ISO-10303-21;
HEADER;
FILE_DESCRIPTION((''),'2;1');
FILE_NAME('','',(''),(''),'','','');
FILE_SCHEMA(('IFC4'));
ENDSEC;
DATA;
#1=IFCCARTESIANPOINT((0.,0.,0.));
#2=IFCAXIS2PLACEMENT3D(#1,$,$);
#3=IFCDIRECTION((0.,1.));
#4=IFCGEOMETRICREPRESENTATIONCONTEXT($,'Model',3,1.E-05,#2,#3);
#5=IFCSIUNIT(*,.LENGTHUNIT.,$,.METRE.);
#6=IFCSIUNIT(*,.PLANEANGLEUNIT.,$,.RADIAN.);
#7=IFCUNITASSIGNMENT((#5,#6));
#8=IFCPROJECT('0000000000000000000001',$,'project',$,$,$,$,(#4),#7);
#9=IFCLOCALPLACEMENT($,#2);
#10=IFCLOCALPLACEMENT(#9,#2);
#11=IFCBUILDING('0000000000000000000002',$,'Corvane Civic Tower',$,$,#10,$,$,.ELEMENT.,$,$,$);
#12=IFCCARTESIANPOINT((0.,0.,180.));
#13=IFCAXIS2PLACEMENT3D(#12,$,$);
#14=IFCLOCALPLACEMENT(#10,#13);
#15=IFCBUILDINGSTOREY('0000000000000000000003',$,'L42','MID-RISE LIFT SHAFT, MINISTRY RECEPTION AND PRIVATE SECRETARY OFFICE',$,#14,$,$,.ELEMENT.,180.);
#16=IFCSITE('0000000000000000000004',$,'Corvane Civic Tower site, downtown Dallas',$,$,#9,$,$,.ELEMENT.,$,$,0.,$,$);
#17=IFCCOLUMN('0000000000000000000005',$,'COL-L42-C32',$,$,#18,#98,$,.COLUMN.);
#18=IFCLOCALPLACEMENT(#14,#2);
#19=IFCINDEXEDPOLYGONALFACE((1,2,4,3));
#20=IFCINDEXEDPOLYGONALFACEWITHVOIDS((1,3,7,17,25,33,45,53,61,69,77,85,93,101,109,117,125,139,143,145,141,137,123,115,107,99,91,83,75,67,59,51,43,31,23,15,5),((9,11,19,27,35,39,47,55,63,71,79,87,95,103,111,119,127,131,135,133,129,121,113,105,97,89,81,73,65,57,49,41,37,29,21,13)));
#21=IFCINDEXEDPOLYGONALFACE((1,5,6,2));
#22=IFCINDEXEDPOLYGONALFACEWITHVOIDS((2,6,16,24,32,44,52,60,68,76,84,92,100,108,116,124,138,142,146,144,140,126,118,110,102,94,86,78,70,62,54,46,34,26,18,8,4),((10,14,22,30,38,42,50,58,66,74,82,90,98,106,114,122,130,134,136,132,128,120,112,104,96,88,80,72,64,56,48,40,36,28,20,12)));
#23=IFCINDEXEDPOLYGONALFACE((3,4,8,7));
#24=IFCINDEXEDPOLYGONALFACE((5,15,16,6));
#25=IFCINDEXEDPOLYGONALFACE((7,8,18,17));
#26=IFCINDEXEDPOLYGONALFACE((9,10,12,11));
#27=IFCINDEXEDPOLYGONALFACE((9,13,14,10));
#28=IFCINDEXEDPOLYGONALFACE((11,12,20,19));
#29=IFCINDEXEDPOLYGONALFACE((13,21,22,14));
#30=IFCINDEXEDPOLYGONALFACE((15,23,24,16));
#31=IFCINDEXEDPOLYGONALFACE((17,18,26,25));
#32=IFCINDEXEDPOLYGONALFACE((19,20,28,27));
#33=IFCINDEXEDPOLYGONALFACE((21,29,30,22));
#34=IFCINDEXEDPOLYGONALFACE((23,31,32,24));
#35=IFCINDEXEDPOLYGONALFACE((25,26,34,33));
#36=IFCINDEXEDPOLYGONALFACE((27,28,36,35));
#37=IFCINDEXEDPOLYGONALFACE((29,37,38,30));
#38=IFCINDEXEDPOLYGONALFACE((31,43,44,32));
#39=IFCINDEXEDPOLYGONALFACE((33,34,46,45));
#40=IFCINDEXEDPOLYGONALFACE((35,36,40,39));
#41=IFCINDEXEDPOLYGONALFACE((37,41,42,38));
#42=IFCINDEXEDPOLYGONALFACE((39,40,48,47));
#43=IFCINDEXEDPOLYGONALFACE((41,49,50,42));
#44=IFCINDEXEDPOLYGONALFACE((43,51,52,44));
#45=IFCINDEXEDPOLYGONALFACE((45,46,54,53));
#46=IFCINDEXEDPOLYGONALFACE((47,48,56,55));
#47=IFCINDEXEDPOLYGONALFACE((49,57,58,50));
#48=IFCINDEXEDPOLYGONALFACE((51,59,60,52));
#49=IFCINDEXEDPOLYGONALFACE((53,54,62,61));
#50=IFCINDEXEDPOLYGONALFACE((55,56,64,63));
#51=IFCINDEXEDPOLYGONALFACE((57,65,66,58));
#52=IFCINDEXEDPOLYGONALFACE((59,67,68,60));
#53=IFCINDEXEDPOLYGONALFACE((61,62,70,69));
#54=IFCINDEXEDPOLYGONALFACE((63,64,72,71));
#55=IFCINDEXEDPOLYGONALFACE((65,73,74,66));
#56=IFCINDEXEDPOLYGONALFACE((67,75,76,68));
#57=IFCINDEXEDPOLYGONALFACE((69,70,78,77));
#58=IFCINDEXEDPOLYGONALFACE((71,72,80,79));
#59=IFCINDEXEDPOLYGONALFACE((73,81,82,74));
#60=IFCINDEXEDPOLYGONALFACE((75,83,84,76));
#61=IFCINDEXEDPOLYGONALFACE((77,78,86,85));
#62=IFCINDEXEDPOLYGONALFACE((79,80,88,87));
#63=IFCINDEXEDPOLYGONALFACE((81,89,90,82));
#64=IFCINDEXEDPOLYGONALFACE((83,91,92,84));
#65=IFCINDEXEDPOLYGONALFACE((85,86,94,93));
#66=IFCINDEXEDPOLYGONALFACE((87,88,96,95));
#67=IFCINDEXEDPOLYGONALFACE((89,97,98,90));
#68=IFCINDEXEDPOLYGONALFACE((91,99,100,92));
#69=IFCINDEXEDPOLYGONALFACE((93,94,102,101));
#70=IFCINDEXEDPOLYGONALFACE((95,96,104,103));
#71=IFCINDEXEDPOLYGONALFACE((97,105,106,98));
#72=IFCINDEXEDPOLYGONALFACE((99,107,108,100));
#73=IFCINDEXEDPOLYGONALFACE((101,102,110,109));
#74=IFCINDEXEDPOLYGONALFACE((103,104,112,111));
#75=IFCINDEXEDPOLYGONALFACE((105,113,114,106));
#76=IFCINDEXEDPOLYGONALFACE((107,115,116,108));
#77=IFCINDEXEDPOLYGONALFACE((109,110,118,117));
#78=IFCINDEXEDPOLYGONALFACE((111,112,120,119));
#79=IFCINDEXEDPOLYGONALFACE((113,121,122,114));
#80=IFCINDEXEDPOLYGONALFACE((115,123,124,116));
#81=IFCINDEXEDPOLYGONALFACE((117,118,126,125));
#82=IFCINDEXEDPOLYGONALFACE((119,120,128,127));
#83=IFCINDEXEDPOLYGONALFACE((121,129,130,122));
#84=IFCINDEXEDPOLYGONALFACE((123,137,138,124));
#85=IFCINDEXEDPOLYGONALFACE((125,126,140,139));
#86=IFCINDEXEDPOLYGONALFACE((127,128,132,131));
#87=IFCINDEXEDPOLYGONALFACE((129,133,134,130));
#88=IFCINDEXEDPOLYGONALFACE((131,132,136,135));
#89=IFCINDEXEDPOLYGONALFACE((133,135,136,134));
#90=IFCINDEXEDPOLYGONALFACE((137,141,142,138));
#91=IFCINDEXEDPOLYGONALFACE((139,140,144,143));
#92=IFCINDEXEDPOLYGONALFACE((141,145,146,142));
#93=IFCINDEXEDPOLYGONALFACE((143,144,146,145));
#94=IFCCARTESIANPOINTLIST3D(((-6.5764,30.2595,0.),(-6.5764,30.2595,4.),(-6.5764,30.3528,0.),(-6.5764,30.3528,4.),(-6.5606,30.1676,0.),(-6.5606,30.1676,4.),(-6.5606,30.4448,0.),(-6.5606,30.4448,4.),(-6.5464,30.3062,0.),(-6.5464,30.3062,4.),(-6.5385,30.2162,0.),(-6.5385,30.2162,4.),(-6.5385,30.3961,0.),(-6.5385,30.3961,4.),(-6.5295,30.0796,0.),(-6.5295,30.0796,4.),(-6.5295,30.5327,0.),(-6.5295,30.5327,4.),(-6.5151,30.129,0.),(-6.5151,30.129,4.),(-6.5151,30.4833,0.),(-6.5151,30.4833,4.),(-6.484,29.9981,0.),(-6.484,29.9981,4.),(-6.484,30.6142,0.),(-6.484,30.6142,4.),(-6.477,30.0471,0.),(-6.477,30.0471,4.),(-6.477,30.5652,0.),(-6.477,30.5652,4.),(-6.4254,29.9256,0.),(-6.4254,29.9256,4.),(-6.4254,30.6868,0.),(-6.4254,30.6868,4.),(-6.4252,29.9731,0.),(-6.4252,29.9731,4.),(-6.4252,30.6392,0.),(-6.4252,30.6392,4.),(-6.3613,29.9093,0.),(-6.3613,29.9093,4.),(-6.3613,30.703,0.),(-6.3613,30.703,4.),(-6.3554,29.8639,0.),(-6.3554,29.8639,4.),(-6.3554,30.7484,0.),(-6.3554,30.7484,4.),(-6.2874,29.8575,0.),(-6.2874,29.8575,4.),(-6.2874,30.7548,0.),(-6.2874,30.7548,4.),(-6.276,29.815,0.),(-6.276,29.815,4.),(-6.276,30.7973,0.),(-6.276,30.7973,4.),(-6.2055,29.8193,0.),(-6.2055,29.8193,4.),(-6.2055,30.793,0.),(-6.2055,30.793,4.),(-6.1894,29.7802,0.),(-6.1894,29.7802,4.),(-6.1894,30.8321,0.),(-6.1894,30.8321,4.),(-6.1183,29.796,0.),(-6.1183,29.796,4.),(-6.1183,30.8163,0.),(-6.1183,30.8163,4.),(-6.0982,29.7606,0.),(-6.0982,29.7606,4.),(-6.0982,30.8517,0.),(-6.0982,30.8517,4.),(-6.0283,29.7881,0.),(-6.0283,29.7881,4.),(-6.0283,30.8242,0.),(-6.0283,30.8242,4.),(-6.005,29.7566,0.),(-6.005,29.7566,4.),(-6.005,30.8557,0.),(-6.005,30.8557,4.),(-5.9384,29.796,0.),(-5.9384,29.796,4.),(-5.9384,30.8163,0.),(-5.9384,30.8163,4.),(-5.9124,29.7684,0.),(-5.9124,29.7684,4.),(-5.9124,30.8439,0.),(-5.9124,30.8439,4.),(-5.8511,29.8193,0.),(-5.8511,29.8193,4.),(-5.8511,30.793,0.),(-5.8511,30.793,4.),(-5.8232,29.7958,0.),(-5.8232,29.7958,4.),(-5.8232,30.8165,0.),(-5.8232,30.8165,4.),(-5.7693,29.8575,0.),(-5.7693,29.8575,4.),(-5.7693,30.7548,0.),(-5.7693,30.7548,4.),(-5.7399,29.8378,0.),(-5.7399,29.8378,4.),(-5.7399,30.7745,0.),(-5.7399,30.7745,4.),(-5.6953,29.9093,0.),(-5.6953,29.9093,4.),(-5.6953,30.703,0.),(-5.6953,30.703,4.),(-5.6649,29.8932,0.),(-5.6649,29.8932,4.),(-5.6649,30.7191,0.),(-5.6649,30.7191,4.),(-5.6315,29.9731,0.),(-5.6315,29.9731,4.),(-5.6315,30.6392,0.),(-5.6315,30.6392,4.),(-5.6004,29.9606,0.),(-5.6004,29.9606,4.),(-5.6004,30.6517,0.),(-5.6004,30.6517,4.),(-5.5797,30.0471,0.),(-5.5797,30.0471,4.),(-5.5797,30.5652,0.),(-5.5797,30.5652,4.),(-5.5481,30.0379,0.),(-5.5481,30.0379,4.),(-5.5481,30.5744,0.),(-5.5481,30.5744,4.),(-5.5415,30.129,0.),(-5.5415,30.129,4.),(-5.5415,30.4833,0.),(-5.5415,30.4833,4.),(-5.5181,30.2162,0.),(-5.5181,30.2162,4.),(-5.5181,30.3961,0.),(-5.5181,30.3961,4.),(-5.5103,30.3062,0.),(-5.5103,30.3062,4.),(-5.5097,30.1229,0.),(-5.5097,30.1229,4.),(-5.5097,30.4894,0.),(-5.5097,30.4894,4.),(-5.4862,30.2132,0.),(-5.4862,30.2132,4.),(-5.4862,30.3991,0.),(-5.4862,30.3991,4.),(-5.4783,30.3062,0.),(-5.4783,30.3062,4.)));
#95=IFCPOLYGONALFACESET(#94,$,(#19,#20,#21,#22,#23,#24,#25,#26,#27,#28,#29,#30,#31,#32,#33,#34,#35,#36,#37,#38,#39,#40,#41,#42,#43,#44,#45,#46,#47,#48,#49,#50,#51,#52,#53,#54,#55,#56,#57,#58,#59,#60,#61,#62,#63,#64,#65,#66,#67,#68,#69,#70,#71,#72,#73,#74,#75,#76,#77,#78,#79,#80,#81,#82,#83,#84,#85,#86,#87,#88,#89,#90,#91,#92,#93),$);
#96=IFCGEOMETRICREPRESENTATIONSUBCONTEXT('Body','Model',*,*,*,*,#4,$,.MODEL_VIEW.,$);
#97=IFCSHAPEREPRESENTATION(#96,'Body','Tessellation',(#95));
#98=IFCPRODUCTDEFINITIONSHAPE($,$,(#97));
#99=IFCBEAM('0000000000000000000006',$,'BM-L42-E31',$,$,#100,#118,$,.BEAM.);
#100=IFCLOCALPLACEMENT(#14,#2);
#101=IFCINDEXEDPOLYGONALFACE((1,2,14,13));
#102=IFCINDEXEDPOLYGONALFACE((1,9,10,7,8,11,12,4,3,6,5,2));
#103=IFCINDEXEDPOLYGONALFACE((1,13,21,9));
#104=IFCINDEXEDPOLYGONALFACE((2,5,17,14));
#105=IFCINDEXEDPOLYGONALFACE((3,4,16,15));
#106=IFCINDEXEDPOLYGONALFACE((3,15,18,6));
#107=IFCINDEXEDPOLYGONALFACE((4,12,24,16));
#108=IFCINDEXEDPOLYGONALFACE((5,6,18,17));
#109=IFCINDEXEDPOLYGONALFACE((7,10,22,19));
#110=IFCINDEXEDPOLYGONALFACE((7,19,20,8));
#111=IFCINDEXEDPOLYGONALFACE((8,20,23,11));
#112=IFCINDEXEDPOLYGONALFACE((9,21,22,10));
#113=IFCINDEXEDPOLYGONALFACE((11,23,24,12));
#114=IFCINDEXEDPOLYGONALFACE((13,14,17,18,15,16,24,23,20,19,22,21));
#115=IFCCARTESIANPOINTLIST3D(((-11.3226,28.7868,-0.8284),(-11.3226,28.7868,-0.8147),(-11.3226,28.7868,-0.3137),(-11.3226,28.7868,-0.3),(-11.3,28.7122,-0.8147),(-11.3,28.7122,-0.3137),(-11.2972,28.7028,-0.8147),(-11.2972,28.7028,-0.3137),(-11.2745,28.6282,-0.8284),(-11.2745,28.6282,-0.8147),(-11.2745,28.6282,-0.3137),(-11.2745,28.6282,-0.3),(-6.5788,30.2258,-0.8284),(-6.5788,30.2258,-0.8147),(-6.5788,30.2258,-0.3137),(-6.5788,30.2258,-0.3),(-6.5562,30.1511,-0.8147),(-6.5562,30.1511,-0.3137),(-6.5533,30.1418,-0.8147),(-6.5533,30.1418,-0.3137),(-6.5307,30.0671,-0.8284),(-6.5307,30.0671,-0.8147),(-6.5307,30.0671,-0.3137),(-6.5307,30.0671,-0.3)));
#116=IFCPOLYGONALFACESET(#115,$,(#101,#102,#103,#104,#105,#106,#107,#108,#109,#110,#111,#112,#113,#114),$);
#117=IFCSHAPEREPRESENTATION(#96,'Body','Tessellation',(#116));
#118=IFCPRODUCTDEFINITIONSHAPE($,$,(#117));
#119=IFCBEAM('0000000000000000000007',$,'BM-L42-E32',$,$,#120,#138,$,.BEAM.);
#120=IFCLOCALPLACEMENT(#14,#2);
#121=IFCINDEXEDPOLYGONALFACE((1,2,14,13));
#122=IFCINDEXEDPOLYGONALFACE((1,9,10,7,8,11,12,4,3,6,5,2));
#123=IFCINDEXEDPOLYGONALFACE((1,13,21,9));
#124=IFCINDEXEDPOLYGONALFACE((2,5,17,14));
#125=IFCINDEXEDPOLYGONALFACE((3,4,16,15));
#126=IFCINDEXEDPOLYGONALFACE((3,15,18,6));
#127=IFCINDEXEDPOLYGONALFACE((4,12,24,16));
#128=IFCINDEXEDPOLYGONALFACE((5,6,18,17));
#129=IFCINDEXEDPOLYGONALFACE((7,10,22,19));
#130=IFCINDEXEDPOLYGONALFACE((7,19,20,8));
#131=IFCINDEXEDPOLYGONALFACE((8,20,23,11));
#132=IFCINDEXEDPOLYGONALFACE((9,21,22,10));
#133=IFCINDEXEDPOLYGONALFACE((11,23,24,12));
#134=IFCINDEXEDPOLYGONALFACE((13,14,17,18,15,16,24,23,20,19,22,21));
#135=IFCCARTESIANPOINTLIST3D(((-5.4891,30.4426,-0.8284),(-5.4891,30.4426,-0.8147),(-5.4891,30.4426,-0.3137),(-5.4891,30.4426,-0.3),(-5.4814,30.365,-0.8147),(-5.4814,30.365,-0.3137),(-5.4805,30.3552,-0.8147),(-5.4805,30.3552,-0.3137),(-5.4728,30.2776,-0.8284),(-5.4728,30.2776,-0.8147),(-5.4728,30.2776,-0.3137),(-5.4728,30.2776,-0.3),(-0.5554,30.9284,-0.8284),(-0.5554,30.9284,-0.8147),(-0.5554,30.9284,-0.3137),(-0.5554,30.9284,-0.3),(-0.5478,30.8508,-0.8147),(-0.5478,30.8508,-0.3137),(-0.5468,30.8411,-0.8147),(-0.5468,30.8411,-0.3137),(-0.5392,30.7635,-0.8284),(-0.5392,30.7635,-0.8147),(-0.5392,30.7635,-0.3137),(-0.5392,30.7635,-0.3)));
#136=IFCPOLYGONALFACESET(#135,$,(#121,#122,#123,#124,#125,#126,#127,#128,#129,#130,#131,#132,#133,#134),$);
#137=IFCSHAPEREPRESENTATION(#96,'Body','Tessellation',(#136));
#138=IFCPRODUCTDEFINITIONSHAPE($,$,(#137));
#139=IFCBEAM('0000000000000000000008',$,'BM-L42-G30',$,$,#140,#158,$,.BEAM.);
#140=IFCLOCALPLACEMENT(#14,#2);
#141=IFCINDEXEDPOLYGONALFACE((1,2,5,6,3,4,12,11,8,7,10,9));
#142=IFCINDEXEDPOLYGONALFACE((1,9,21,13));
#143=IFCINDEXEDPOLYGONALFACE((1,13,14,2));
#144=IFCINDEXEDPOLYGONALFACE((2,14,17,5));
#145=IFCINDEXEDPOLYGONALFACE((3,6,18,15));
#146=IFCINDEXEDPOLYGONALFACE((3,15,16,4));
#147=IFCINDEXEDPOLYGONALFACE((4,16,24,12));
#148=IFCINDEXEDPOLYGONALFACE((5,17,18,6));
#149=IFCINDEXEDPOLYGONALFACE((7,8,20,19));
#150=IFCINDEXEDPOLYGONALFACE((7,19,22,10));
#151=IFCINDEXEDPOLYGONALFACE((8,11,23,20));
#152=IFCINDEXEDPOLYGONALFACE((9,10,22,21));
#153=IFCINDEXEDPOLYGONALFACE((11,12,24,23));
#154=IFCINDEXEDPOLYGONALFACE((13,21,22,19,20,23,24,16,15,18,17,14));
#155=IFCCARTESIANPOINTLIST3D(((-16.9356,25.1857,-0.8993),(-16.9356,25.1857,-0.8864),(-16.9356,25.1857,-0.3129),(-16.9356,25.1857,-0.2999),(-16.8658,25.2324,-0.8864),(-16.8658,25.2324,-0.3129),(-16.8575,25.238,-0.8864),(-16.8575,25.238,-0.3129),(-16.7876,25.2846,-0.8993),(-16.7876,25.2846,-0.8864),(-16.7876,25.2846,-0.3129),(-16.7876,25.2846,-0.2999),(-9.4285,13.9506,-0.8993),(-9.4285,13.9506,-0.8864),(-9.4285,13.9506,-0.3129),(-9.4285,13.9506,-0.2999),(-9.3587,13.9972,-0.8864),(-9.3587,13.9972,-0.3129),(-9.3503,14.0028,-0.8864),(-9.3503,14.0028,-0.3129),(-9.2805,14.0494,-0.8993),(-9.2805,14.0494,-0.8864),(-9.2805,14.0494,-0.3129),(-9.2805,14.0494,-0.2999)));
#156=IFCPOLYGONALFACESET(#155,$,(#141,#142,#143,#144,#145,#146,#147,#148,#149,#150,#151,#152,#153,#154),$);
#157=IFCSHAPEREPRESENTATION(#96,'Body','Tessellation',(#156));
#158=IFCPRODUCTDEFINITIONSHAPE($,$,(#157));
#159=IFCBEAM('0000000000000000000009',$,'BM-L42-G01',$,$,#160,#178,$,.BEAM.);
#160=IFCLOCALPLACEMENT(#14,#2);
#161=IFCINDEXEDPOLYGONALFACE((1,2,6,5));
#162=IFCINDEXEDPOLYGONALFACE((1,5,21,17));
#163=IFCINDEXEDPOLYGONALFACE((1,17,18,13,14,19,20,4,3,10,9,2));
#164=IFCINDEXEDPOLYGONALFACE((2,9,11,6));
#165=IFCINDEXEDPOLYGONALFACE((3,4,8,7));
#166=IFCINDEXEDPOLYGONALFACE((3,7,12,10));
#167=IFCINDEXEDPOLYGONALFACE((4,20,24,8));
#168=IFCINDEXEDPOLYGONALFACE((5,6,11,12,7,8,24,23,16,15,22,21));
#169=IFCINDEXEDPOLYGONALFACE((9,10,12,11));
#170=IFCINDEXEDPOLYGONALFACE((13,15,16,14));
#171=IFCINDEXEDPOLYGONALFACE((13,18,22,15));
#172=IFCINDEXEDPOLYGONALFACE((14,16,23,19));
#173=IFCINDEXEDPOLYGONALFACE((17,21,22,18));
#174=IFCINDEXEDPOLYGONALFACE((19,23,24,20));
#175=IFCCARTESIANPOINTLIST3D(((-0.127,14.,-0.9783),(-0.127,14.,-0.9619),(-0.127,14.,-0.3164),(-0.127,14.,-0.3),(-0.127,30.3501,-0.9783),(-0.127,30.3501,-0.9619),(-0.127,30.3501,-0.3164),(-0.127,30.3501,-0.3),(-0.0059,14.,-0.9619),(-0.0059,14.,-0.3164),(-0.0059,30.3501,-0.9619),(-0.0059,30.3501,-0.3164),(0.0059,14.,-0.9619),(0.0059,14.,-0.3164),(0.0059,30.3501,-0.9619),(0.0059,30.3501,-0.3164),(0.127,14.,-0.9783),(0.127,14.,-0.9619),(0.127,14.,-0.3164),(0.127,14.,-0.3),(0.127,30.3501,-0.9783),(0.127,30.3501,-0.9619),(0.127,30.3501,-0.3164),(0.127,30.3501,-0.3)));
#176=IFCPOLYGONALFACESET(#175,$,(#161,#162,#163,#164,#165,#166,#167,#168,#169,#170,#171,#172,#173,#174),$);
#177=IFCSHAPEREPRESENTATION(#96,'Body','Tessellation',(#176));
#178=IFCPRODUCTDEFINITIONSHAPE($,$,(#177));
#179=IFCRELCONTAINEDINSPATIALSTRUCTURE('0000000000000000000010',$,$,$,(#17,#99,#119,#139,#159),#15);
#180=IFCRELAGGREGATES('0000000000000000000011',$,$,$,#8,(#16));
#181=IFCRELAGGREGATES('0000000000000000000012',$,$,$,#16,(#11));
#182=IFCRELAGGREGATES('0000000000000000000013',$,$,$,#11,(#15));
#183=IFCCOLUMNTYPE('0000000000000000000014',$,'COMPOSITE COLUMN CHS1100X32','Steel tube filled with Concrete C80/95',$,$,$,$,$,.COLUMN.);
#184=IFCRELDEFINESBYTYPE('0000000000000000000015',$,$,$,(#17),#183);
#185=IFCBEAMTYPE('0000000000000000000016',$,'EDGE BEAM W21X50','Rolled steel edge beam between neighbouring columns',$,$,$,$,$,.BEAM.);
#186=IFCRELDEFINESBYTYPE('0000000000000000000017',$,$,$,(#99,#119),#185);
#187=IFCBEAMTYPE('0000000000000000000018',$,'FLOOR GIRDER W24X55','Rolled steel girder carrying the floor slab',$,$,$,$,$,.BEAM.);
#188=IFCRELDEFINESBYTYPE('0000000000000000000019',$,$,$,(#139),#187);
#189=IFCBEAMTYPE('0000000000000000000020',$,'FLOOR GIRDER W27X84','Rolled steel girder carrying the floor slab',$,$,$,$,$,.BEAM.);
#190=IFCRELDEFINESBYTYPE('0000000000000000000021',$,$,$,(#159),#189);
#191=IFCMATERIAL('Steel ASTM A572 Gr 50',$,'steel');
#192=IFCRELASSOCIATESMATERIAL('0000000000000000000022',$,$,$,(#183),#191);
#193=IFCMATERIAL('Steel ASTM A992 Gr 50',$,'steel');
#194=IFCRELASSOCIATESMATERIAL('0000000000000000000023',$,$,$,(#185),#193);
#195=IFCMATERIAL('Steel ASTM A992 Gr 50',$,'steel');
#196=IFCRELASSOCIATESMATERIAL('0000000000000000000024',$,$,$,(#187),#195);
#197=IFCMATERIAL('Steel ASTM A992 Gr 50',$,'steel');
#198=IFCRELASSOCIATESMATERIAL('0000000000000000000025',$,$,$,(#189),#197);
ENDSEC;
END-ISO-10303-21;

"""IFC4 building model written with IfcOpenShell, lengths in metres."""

from ifc_helpers import new_model, si_unit, direction, frame, origin, origin_2d, place, context, subcontext, project, spatial, hollow_circle, i_section, extrude, material, material_profile, profile_set, type_object, element, save


model = new_model("IFC4")

# Units and contexts
model_context = context("Model", 3, precision=1e-05, world=origin(), true_north=direction((0.0, 1.0)))
body_context = subcontext(model_context, "Body", "Model", "MODEL_VIEW")
ifc_project = project(units=[si_unit("LENGTHUNIT", "METRE"), si_unit("PLANEANGLEUNIT", "RADIAN")], contexts=[model_context])

# Site, building, storey
site_placement = place(None, origin())
site = spatial("IfcSite", under=ifc_project, at=site_placement, Name="Corvane Civic Tower site, downtown Dallas", CompositionType="ELEMENT", RefElevation=0.0)
building_placement = place(site_placement, origin())
building = spatial("IfcBuilding", under=site, at=building_placement, Name="Corvane Civic Tower", CompositionType="ELEMENT")
storey_placement = place(building_placement, frame((0.0, 0.0, 180.0)))
storey = spatial("IfcBuildingStorey", under=building, at=storey_placement, Name="L42", Description="MID-RISE LIFT SHAFT, MINISTRY RECEPTION AND PRIVATE SECRETARY OFFICE", CompositionType="ELEMENT", Elevation=180.0)

# Column
ifc_material_1 = material(Name="Steel ASTM A572 Gr 50", Category="steel")
ifc_material_profile_1 = material_profile(ifc_material_1, hollow_circle(Radius=0.55, WallThickness=0.032, at=origin_2d()), Name="CHS1100X32")
ifc_profile_set_1 = profile_set([ifc_material_profile_1], Name="Steel ASTM A572 Gr 50")
column_type = type_object("IfcColumnType", Name="COMPOSITE COLUMN CHS1100X32", Description="Steel tube filled with Concrete C80/95", PredefinedType="COLUMN", material=ifc_profile_set_1)
for number, where, z_axis, x_axis, name in (
    (1, (-6.0283, 30.3062, 0.0), (0.0, 0.0, 1.0), (1.0, 0.0, 0.0), "COL-L42-C32"),
):
    element("IfcColumn", number, at=place(storey_placement, frame(where, z_axis=z_axis, x_axis=x_axis)), inside=storey, type_object=column_type, Name=name, PredefinedType="COLUMN", context=body_context, shape_type="SweptSolid", body=[
        extrude(hollow_circle(Radius=0.55, WallThickness=0.032, at=origin_2d()), origin(), (0.0, 0.0, 1.0), 4.0),
    ])

# Beams
ifc_material_2 = material(Name="Steel ASTM A992 Gr 50", Category="steel")
ifc_material_profile_2 = material_profile(ifc_material_2, i_section(OverallWidth=0.1658, OverallDepth=0.5283, WebThickness=0.0098, FlangeThickness=0.0137, at=origin_2d()), Name="W21X50")
ifc_profile_set_2 = profile_set([ifc_material_profile_2], Name="Steel ASTM A992 Gr 50")
beam_type_1 = type_object("IfcBeamType", Name="EDGE BEAM W21X50", Description="Rolled steel edge beam between neighbouring columns", PredefinedType="BEAM", material=ifc_profile_set_2)
beam_1_placement = place(storey_placement, frame((-11.2986, 28.7075, -0.5642), z_axis=(0.956945, 0.29027, 0.0), x_axis=(-0.29027, 0.956945, 0.0)))
element("IfcBeam", 2, at=beam_1_placement, inside=storey, type_object=beam_type_1, Name="BM-L42-E31", PredefinedType="BEAM", context=body_context, shape_type="SweptSolid", body=[
    extrude(i_section(OverallWidth=0.1658, OverallDepth=0.5283, WebThickness=0.0098, FlangeThickness=0.0137, at=origin_2d()), origin(), (0.0, 0.0, 1.0), 4.9573),
])
beam_2_placement = place(storey_placement, frame((-5.481, 30.3601, -0.5642), z_axis=(0.995186, 0.098002, 0.0), x_axis=(-0.098002, 0.995186, 0.0)))
element("IfcBeam", 3, at=beam_2_placement, inside=storey, type_object=beam_type_1, Name="BM-L42-E32", PredefinedType="BEAM", context=body_context, shape_type="SweptSolid", body=[
    extrude(i_section(OverallWidth=0.1658, OverallDepth=0.5283, WebThickness=0.0098, FlangeThickness=0.0137, at=origin_2d()), origin(), (0.0, 0.0, 1.0), 4.9575),
])
ifc_material_3 = material(Name="Steel ASTM A992 Gr 50", Category="steel")
ifc_material_profile_3 = material_profile(ifc_material_3, i_section(OverallWidth=0.178, OverallDepth=0.5994, WebThickness=0.01, FlangeThickness=0.0129, at=origin_2d()), Name="W24X55")
ifc_profile_set_3 = profile_set([ifc_material_profile_3], Name="Steel ASTM A992 Gr 50")
beam_type_2 = type_object("IfcBeamType", Name="FLOOR GIRDER W24X55", Description="Rolled steel girder carrying the floor slab", PredefinedType="BEAM", material=ifc_profile_set_3)
beam_3_placement = place(storey_placement, frame((-9.3545, 14.0, -0.5996), z_axis=(-0.555571, 0.831469, 0.0), x_axis=(-0.831469, -0.555571, 0.0)))
element("IfcBeam", 4, at=beam_3_placement, inside=storey, type_object=beam_type_2, Name="BM-L42-G30", PredefinedType="BEAM", context=body_context, shape_type="SweptSolid", body=[
    extrude(i_section(OverallWidth=0.178, OverallDepth=0.5994, WebThickness=0.01, FlangeThickness=0.0129, at=origin_2d()), origin(), (0.0, 0.0, 1.0), 13.5125),
])
ifc_material_4 = material(Name="Steel ASTM A992 Gr 50", Category="steel")
ifc_material_profile_4 = material_profile(ifc_material_4, i_section(OverallWidth=0.2539, OverallDepth=0.6782, WebThickness=0.0117, FlangeThickness=0.0164, at=origin_2d()), Name="W27X84")
ifc_profile_set_4 = profile_set([ifc_material_profile_4], Name="Steel ASTM A992 Gr 50")
beam_type_3 = type_object("IfcBeamType", Name="FLOOR GIRDER W27X84", Description="Rolled steel girder carrying the floor slab", PredefinedType="BEAM", material=ifc_profile_set_4)
beam_4_placement = place(storey_placement, frame((0.0, 14.0, -0.6392), z_axis=(0.0, 1.0, 0.0), x_axis=(-1.0, 0.0, 0.0)))
element("IfcBeam", 5, at=beam_4_placement, inside=storey, type_object=beam_type_3, Name="BM-L42-G01", PredefinedType="BEAM", context=body_context, shape_type="SweptSolid", body=[
    extrude(i_section(OverallWidth=0.2539, OverallDepth=0.6782, WebThickness=0.0117, FlangeThickness=0.0164, at=origin_2d()), origin(), (0.0, 0.0, 1.0), 16.3501),
])

save(model, "model.ifc")
